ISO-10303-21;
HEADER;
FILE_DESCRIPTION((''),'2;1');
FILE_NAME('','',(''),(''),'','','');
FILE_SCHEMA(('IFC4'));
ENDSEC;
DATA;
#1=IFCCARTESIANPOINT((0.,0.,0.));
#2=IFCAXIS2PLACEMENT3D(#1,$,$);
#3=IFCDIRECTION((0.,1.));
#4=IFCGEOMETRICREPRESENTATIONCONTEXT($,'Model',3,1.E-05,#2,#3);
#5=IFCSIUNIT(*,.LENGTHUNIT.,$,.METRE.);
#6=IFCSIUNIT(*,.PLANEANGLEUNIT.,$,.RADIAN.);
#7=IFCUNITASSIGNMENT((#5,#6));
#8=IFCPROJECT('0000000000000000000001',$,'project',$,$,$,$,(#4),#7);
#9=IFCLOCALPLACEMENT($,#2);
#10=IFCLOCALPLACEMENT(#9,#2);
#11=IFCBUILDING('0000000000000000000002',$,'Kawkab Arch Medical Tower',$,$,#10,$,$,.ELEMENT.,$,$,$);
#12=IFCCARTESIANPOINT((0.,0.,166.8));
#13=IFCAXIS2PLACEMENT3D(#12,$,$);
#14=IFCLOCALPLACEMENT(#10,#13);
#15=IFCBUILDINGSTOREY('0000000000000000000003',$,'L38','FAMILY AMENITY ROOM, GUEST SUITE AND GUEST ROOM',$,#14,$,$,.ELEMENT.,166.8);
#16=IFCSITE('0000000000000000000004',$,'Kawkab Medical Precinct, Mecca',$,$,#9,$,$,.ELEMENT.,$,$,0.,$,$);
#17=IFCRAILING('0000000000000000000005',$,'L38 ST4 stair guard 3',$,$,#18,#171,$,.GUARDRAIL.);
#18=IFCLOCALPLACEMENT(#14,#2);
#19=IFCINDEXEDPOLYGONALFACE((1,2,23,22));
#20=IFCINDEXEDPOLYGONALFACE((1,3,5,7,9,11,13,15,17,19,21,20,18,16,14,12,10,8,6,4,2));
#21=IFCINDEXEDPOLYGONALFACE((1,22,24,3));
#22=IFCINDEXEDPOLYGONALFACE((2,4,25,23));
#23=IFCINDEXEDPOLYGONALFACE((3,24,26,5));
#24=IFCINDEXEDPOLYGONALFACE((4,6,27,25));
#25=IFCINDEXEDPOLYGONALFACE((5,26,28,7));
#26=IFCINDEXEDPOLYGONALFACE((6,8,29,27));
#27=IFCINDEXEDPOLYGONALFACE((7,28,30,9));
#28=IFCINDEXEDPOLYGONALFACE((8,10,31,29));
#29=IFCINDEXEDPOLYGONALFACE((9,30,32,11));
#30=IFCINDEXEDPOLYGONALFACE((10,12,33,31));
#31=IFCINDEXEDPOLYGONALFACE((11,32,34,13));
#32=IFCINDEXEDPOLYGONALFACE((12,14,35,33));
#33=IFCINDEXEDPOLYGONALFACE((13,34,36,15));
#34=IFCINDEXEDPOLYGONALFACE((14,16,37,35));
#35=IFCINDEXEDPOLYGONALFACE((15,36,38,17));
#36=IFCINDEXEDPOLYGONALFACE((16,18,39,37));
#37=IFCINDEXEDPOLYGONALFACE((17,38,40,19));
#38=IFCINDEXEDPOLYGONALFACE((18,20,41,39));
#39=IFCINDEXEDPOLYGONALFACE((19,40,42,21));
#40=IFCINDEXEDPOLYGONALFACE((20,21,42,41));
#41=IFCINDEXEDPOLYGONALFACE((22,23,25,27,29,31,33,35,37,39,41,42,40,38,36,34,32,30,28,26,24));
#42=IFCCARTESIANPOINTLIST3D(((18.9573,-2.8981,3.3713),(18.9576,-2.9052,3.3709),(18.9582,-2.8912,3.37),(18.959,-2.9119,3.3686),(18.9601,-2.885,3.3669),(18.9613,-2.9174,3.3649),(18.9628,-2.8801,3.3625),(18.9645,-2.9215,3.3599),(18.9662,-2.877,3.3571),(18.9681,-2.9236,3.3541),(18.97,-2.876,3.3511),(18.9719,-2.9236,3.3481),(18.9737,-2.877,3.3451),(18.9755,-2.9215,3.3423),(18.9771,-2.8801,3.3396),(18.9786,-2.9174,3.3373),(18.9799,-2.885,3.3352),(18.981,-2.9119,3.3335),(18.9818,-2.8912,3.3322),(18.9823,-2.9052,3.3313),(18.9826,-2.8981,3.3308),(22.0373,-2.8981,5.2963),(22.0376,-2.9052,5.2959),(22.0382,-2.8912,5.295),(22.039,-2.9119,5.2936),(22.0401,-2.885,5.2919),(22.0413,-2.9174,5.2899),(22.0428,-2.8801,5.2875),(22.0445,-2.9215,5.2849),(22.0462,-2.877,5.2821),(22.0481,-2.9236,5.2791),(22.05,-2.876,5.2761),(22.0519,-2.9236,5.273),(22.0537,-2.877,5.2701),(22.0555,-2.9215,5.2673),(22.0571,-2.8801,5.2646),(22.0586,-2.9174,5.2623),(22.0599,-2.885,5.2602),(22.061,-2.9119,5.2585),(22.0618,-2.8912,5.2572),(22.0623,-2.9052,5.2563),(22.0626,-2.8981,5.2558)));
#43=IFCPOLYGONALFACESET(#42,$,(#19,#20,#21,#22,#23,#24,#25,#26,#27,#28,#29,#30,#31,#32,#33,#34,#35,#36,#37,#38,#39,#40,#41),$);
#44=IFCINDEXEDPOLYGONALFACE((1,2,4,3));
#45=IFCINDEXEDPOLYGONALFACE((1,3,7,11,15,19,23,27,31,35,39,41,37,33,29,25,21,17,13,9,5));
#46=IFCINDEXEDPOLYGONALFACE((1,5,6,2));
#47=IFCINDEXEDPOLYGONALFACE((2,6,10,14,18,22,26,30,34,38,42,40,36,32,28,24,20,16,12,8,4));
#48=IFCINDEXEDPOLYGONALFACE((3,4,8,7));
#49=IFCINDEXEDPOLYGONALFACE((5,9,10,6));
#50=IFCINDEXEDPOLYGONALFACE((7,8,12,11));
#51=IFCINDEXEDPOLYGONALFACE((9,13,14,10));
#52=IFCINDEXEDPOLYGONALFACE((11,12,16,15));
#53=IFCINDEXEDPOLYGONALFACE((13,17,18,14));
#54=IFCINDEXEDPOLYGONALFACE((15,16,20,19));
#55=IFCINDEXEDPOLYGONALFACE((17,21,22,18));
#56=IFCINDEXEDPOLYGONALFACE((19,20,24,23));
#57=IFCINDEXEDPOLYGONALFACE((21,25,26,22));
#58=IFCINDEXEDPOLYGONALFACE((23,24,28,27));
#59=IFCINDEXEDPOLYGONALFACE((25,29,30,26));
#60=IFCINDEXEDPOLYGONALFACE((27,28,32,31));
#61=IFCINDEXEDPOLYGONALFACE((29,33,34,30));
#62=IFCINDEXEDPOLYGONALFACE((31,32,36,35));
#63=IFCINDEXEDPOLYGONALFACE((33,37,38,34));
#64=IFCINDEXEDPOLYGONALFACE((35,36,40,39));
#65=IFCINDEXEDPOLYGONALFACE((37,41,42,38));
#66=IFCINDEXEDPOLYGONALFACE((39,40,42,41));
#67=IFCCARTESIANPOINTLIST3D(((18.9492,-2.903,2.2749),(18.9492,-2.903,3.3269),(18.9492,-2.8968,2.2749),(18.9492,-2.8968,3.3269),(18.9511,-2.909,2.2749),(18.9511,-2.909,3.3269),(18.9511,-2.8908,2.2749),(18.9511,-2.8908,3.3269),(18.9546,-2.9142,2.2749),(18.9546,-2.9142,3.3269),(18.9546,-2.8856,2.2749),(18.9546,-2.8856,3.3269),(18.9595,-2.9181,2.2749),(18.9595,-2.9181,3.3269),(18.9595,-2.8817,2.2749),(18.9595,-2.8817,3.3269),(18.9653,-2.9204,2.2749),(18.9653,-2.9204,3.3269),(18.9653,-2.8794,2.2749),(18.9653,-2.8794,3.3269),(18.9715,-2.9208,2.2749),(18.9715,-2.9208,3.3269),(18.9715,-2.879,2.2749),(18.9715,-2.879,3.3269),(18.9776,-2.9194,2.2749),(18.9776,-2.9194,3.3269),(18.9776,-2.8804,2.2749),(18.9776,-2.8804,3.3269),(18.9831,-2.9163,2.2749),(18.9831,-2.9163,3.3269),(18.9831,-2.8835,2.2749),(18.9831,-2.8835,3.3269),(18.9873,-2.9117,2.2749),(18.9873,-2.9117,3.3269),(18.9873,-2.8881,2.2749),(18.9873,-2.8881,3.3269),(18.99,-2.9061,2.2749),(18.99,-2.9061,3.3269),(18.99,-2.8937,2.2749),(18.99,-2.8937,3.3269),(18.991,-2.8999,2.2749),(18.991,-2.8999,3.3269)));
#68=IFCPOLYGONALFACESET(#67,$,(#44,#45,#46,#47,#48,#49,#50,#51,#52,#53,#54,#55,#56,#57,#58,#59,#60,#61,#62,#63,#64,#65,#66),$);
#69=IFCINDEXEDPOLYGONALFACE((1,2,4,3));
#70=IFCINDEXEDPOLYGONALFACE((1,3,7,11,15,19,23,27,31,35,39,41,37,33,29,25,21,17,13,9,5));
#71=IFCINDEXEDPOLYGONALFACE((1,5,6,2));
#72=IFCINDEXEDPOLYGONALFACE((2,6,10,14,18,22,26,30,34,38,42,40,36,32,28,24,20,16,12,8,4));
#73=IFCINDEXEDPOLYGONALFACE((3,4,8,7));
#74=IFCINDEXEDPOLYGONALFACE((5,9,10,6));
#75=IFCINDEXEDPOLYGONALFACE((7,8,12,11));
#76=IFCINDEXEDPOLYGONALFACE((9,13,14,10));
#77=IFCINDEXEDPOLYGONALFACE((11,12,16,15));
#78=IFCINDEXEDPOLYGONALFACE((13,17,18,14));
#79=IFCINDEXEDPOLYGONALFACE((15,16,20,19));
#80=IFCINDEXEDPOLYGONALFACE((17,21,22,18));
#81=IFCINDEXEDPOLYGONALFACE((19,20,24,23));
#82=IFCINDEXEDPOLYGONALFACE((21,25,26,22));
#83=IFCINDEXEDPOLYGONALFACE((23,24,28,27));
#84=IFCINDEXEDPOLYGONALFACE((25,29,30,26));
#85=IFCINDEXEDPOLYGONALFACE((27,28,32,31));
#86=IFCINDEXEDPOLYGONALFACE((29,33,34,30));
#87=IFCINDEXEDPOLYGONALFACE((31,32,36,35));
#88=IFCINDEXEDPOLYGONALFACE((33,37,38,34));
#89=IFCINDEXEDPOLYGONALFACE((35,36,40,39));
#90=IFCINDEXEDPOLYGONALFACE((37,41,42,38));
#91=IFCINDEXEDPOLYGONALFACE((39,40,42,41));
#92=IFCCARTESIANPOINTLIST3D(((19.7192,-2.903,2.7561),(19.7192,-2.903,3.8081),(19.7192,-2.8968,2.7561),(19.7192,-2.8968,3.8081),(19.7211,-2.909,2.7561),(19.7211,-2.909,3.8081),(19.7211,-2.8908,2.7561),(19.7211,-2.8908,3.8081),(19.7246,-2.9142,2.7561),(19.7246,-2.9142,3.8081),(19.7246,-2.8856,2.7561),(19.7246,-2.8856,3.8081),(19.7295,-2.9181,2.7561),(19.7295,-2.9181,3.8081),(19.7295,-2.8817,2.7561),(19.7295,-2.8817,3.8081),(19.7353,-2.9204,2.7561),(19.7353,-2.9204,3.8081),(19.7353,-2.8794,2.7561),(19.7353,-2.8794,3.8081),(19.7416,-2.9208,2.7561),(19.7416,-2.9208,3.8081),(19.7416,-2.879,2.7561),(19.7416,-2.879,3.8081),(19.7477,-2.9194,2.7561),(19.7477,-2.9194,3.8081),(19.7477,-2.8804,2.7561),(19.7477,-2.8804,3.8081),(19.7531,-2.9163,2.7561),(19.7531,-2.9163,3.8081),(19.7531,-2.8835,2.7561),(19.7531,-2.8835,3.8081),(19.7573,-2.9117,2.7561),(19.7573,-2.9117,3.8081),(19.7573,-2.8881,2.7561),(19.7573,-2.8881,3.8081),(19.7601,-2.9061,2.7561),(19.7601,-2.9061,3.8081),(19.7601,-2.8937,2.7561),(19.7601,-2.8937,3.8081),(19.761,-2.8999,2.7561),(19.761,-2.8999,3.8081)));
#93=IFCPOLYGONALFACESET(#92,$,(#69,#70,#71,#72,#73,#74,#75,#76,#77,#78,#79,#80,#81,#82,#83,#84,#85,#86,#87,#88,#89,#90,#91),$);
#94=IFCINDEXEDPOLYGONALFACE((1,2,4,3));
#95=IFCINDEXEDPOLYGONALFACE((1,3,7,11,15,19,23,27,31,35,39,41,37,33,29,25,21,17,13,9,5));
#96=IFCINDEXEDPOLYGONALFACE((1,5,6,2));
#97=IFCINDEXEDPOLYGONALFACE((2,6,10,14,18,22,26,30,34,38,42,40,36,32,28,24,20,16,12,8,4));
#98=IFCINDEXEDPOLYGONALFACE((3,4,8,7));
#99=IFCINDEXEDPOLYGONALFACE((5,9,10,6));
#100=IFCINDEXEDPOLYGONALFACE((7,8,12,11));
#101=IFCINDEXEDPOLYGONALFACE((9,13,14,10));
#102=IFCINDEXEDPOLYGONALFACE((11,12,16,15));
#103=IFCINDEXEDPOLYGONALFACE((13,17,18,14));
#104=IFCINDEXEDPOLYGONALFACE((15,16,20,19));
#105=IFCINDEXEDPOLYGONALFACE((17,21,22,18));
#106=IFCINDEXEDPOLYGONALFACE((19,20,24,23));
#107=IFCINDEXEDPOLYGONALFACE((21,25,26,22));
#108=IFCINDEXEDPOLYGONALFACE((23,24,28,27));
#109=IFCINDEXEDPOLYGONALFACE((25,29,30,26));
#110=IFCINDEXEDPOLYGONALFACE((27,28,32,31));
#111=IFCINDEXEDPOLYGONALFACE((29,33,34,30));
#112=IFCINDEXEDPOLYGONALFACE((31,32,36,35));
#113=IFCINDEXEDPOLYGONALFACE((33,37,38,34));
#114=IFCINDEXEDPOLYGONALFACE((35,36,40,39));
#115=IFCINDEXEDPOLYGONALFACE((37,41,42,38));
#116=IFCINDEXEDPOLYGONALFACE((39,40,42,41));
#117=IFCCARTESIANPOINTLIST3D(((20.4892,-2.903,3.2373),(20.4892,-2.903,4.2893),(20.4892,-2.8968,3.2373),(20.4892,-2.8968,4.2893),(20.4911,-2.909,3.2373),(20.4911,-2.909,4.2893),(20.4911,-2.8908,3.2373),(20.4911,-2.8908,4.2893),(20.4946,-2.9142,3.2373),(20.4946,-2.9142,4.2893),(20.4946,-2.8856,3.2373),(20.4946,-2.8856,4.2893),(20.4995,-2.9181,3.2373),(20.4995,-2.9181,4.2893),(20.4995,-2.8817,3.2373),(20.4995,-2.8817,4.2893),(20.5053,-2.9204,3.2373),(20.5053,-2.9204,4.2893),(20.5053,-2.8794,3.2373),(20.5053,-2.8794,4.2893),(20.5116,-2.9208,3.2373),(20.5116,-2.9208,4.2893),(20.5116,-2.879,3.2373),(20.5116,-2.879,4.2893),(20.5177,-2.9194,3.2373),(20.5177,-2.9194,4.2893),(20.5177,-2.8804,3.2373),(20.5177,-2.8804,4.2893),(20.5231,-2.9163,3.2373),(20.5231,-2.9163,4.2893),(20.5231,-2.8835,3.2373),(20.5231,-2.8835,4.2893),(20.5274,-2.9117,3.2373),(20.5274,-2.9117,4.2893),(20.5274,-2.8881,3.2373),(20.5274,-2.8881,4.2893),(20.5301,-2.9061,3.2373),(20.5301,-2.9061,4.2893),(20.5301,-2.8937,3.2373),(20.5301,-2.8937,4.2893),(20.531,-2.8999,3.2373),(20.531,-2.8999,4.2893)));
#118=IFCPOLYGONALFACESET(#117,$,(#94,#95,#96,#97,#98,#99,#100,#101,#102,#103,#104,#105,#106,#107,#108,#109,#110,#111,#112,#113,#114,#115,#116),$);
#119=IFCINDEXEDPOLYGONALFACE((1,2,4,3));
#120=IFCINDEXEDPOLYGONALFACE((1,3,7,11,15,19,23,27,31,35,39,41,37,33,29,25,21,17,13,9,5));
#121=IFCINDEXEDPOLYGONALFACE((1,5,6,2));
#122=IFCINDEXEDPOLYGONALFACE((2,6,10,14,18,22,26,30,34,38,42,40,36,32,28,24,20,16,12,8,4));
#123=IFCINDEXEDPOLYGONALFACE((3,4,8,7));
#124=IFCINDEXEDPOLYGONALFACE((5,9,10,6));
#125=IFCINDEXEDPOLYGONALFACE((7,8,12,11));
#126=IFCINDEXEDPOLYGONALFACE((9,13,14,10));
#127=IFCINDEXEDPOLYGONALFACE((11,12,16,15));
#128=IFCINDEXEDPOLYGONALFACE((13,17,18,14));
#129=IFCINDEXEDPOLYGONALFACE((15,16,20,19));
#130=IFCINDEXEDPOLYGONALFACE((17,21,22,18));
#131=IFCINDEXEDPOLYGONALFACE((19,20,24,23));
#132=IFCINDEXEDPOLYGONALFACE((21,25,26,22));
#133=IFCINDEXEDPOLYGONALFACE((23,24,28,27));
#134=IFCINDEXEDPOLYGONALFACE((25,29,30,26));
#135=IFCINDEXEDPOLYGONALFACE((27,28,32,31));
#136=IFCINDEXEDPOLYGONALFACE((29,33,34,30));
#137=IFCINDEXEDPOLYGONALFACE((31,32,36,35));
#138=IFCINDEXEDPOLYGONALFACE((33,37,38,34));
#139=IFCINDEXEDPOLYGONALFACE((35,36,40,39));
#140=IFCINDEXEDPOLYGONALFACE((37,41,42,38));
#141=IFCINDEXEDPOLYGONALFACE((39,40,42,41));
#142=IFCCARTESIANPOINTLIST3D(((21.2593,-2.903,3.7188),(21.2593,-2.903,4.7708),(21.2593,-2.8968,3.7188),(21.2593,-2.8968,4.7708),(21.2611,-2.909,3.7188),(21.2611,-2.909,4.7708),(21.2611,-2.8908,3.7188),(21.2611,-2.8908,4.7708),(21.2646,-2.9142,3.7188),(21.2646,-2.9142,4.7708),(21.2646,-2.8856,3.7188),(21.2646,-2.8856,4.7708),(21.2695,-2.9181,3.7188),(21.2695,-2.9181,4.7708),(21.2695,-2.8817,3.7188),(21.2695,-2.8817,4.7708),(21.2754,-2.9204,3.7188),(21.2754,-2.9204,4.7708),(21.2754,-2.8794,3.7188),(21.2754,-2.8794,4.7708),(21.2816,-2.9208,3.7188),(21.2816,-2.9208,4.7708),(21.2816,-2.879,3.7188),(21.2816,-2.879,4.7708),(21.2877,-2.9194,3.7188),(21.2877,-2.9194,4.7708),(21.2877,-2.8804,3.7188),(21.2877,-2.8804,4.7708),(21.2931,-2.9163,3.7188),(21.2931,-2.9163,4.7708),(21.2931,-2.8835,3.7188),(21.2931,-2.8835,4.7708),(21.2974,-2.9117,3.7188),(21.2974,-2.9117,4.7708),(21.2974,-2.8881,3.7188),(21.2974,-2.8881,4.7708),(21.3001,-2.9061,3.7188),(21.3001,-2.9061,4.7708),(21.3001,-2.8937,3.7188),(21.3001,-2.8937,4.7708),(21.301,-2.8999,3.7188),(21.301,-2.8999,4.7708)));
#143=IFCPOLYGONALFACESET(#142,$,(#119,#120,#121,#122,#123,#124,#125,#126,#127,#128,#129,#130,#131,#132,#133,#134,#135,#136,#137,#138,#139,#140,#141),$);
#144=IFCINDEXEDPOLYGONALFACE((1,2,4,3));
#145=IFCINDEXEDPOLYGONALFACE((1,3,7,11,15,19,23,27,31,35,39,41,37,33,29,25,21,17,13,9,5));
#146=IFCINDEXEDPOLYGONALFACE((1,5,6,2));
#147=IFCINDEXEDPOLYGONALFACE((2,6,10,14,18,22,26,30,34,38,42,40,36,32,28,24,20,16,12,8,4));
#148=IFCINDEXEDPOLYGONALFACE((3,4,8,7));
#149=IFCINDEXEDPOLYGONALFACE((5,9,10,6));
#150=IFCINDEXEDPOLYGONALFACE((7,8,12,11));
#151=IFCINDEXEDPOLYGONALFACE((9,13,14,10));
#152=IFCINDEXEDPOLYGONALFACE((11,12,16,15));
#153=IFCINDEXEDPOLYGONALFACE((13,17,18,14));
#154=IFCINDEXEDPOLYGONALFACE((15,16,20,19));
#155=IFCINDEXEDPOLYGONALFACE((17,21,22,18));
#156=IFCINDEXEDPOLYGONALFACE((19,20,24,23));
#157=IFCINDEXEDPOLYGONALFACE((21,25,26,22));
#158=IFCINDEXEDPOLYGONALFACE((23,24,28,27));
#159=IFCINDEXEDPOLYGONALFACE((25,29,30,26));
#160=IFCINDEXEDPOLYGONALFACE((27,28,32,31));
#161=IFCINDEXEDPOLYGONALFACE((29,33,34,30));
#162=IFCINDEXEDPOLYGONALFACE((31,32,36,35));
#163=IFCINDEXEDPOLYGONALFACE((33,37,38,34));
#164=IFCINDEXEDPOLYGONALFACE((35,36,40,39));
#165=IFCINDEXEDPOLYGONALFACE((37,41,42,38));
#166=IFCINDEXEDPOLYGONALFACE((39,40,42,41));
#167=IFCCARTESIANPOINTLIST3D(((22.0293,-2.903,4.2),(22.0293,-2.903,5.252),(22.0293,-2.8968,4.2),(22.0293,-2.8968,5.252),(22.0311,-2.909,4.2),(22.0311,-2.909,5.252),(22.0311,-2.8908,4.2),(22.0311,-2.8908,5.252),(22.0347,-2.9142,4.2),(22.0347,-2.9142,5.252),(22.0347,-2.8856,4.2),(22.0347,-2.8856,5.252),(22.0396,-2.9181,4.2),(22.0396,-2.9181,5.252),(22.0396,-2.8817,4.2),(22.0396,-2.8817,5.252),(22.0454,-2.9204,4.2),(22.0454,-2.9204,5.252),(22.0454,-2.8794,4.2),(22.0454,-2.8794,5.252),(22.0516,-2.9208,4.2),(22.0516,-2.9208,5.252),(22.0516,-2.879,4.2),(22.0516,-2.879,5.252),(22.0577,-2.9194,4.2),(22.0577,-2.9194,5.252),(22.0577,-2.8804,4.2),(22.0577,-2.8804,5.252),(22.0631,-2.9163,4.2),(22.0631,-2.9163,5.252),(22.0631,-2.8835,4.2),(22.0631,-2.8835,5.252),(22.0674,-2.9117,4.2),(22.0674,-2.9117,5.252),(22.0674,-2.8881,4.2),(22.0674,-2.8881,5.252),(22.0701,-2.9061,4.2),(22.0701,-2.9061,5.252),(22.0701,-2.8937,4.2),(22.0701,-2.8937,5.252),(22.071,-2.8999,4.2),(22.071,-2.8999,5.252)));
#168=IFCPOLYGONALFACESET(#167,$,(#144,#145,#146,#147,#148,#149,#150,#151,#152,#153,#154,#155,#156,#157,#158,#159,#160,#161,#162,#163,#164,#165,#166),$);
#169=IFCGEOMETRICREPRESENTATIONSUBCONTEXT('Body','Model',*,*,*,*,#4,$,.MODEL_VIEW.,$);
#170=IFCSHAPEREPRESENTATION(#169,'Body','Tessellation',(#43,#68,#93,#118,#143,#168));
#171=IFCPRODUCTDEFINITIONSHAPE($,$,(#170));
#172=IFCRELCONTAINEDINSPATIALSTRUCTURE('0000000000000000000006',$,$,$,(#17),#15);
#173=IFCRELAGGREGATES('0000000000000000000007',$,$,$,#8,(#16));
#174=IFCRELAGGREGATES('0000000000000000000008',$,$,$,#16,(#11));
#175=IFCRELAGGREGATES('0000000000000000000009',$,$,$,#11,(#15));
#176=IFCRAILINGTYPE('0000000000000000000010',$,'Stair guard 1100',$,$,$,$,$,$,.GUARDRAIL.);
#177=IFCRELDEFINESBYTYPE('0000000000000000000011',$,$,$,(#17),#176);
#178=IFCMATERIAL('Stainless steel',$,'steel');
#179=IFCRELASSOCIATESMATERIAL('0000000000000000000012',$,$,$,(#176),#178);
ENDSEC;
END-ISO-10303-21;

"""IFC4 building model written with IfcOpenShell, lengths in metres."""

from ifc_helpers import new_model, si_unit, direction, frame, origin, origin_2d, place, context, subcontext, project, spatial, circle, extrude, material, type_object, element, save


model = new_model("IFC4")

# Units and contexts
model_context = context("Model", 3, precision=1e-05, world=origin(), true_north=direction((0.0, 1.0)))
body_context = subcontext(model_context, "Body", "Model", "MODEL_VIEW")
ifc_project = project(units=[si_unit("LENGTHUNIT", "METRE"), si_unit("PLANEANGLEUNIT", "RADIAN")], contexts=[model_context])

# Site, building, storey
site_placement = place(None, origin())
site = spatial("IfcSite", under=ifc_project, at=site_placement, Name="Kawkab Medical Precinct, Mecca", CompositionType="ELEMENT", RefElevation=0.0)
building_placement = place(site_placement, origin())
building = spatial("IfcBuilding", under=site, at=building_placement, Name="Kawkab Arch Medical Tower", CompositionType="ELEMENT")
storey_placement = place(building_placement, frame((0.0, 0.0, 166.8)))
storey = spatial("IfcBuildingStorey", under=building, at=storey_placement, Name="L38", Description="FAMILY AMENITY ROOM, GUEST SUITE AND GUEST ROOM", CompositionType="ELEMENT", Elevation=166.8)

# Railing
ifc_material_1 = material(Name="Stainless steel", Category="steel")
railing_type_1 = type_object("IfcRailingType", Name="Stair guard 1100", PredefinedType="GUARDRAIL", material=ifc_material_1)
railing_1_placement = place(storey_placement, frame((18.97, -2.8999, 2.2749)))
element("IfcRailing", 1, at=railing_1_placement, inside=storey, type_object=railing_type_1, Name="L38 ST4 stair guard 3", PredefinedType="GUARDRAIL", context=body_context, shape_type="SweptSolid", body=[
    extrude(circle(Radius=0.0239, at=origin_2d()), frame((0.0, 0.0, 1.0762), z_axis=(0.847998, 0.0, 0.529999), x_axis=(0.0, 1.0, 0.0)), (0.0, 0.0, 1.0), 3.6321),
    extrude(circle(Radius=0.021, at=origin_2d()), origin(), (0.0, 0.0, 1.0), 1.052),
    extrude(circle(Radius=0.021, at=origin_2d()), frame((0.77, 0.0, 0.4812)), (0.0, 0.0, 1.0), 1.052),
    extrude(circle(Radius=0.021, at=origin_2d()), frame((1.54, 0.0, 0.9624)), (0.0, 0.0, 1.0), 1.052),
    extrude(circle(Radius=0.021, at=origin_2d()), frame((2.3101, 0.0, 1.4438)), (0.0, 0.0, 1.0), 1.052),
    extrude(circle(Radius=0.021, at=origin_2d()), frame((3.0801, 0.0, 1.925)), (0.0, 0.0, 1.0), 1.052),
])

save(model, "model.ifc")
